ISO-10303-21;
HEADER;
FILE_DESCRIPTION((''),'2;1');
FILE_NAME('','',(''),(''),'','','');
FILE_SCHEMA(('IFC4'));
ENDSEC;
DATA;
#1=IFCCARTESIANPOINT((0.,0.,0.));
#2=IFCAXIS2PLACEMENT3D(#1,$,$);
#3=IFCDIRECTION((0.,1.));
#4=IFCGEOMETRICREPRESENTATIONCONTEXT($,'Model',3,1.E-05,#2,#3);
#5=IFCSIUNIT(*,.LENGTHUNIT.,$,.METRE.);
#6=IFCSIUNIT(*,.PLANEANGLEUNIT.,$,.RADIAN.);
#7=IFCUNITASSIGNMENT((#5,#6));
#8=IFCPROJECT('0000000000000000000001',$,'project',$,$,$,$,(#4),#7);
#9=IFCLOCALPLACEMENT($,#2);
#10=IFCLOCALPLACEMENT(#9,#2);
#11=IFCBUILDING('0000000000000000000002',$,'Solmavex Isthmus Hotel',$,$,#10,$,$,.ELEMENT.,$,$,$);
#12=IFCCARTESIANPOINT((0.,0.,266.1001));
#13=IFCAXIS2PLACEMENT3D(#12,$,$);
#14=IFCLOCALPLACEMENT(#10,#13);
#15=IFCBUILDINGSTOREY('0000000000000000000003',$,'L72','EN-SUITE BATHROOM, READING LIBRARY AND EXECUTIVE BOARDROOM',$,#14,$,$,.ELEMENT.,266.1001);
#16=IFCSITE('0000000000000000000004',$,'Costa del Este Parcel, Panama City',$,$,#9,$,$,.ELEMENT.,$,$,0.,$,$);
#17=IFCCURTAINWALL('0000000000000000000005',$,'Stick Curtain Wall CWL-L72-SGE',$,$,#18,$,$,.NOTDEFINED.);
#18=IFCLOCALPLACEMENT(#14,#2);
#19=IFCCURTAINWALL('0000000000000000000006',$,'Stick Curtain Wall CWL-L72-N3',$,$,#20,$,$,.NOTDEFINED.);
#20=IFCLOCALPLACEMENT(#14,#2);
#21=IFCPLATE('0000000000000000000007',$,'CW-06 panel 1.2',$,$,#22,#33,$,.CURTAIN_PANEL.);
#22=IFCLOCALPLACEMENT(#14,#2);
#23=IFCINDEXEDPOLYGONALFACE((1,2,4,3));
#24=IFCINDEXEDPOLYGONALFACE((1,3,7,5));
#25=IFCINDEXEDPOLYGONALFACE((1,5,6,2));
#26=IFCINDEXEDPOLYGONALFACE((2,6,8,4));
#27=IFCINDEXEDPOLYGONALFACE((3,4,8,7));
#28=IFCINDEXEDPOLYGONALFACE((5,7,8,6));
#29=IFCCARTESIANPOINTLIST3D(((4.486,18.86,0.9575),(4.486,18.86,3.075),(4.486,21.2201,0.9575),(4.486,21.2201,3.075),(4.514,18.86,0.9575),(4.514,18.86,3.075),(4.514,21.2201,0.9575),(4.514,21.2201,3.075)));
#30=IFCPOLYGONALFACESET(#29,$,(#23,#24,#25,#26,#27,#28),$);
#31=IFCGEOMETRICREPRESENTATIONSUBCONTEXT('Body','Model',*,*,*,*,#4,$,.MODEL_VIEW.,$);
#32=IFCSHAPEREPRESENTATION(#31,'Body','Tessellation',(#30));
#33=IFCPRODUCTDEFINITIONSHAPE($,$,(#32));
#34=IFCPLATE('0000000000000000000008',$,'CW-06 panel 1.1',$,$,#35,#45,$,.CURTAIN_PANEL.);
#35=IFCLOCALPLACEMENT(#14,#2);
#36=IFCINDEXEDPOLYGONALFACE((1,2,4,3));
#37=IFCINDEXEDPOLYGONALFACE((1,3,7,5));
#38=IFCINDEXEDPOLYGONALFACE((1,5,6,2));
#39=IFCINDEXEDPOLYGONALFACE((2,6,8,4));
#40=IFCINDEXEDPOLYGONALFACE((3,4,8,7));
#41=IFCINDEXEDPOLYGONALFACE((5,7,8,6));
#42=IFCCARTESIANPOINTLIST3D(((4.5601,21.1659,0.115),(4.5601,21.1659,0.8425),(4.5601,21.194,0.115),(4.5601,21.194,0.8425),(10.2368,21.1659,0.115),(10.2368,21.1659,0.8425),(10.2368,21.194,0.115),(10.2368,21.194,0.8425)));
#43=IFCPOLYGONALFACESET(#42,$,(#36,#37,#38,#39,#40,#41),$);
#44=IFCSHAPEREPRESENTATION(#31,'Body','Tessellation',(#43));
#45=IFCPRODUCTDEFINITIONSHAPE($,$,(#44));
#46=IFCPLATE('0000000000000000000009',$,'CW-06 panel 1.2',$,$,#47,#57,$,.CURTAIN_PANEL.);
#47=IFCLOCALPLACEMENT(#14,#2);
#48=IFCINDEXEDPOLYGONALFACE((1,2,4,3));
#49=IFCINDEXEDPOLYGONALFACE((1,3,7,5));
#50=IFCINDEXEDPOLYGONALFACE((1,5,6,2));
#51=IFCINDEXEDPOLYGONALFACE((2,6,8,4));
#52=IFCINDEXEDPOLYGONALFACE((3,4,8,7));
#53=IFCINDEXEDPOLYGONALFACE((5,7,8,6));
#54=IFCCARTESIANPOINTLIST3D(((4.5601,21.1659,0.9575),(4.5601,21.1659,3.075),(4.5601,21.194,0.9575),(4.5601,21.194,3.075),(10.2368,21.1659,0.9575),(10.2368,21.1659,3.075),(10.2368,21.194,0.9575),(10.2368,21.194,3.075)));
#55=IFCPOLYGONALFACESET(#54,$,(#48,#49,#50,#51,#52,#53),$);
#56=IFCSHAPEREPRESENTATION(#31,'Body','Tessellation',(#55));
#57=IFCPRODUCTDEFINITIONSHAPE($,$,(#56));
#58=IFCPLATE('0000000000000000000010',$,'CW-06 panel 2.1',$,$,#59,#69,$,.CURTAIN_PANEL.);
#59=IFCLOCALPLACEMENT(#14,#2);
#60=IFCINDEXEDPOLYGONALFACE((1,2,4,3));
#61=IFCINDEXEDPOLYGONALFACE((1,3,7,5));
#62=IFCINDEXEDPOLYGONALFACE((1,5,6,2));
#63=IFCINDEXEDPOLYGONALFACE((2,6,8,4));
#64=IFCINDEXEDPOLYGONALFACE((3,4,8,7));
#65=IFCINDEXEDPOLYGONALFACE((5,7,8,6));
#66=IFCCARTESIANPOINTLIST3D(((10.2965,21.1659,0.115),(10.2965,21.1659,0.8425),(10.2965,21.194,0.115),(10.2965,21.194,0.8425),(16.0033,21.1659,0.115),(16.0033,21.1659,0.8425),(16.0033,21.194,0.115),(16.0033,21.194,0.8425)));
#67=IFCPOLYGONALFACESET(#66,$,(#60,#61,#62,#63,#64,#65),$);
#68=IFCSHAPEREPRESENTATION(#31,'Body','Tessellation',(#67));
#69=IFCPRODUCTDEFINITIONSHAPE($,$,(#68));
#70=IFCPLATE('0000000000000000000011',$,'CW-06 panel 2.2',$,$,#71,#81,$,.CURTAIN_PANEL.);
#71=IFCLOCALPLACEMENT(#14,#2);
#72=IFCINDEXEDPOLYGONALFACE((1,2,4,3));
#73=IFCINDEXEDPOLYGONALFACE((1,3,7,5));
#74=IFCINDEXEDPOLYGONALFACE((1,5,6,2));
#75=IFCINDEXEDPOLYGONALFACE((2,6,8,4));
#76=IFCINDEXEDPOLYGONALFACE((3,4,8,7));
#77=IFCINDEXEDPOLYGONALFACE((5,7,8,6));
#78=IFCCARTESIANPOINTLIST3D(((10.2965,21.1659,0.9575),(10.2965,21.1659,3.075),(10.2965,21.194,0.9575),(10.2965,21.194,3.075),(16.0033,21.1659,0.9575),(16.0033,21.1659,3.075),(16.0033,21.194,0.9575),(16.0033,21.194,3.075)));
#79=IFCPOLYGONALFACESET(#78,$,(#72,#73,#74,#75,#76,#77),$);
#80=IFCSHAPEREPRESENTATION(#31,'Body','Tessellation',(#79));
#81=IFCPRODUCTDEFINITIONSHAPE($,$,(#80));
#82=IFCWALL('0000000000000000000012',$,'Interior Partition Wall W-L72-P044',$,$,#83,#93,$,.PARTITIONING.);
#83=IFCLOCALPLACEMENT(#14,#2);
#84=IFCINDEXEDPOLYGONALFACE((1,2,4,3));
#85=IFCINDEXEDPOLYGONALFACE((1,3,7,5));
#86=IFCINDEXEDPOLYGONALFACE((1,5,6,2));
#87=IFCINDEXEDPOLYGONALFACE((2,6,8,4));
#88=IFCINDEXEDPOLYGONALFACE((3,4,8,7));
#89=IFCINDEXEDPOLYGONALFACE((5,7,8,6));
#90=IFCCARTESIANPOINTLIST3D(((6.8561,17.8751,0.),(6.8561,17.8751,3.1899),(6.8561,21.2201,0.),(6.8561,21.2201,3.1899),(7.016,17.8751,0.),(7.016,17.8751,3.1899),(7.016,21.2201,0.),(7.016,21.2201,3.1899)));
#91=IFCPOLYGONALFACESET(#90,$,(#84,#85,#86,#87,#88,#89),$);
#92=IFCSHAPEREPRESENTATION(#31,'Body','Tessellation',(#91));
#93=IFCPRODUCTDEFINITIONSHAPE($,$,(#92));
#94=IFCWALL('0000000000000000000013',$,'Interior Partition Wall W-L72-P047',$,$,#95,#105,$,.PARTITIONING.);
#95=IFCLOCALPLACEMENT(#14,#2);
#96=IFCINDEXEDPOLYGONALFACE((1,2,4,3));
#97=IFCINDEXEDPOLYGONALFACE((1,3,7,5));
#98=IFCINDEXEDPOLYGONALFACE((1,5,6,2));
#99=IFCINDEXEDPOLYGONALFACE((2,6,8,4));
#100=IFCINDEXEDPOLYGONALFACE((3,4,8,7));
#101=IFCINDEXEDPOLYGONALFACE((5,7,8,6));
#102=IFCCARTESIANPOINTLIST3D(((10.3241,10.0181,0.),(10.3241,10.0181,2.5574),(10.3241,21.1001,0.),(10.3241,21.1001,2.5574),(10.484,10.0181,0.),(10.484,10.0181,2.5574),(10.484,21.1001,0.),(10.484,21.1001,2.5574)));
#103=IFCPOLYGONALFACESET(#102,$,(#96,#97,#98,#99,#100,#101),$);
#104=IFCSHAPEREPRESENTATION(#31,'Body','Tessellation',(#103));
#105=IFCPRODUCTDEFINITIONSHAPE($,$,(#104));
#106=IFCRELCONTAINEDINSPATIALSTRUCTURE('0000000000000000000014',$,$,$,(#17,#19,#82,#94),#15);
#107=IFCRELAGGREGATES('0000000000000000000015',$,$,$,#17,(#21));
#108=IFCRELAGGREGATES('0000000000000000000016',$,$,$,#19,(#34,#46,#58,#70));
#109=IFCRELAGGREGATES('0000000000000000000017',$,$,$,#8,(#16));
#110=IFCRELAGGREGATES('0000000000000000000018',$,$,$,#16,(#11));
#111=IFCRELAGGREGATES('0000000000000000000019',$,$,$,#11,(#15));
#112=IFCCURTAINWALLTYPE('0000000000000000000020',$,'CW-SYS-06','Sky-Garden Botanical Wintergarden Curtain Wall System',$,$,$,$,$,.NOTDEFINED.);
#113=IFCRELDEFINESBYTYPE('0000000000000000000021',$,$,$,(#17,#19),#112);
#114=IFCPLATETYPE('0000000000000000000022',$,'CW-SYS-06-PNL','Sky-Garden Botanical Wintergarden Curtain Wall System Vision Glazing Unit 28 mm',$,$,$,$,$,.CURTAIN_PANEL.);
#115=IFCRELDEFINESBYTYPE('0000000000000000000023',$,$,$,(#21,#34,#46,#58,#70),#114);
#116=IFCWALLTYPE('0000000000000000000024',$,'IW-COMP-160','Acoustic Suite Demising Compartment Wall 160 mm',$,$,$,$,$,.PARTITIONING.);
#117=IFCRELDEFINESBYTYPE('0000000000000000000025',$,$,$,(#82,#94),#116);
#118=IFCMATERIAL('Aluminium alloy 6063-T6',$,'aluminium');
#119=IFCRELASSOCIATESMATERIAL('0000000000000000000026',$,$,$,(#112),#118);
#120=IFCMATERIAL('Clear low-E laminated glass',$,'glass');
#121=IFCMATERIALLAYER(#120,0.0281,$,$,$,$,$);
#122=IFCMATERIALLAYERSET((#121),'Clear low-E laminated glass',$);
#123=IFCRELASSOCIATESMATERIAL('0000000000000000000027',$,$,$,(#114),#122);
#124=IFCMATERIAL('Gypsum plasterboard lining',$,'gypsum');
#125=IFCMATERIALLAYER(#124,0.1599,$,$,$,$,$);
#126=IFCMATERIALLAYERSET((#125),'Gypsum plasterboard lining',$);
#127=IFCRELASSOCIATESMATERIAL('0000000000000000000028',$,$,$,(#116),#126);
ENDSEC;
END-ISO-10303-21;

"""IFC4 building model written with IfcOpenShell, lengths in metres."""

from ifc_helpers import new_model, si_unit, direction, frame, frame_2d, origin, origin_2d, place, context, subcontext, project, spatial, rectangle, extrude, material, layer, layer_set, type_object, element, aggregate, save


model = new_model("IFC4")

# Units and contexts
model_context = context("Model", 3, precision=1e-05, world=origin(), true_north=direction((0.0, 1.0)))
body_context = subcontext(model_context, "Body", "Model", "MODEL_VIEW")
ifc_project = project(units=[si_unit("LENGTHUNIT", "METRE"), si_unit("PLANEANGLEUNIT", "RADIAN")], contexts=[model_context])

# Site, building, storey
site_placement = place(None, origin())
site = spatial("IfcSite", under=ifc_project, at=site_placement, Name="Costa del Este Parcel, Panama City", CompositionType="ELEMENT", RefElevation=0.0)
building_placement = place(site_placement, origin())
building = spatial("IfcBuilding", under=site, at=building_placement, Name="Solmavex Isthmus Hotel", CompositionType="ELEMENT")
storey_placement = place(building_placement, frame((0.0, 0.0, 266.1001)))
storey = spatial("IfcBuildingStorey", under=building, at=storey_placement, Name="L72", Description="EN-SUITE BATHROOM, READING LIBRARY AND EXECUTIVE BOARDROOM", CompositionType="ELEMENT", Elevation=266.1001)

# Curtain walls
ifc_material_1 = material(Name="Aluminium alloy 6063-T6", Category="aluminium")
curtain_wall_type = type_object("IfcCurtainWallType", Name="CW-SYS-06", Description="Sky-Garden Botanical Wintergarden Curtain Wall System", PredefinedType="NOTDEFINED", material=ifc_material_1)
curtain_wall_1_placement = place(storey_placement, origin())
curtain_wall_1 = element("IfcCurtainWall", 1, at=curtain_wall_1_placement, inside=storey, type_object=curtain_wall_type, Name="Stick Curtain Wall CWL-L72-SGE", PredefinedType="NOTDEFINED")
curtain_wall_2_placement = place(storey_placement, origin())
curtain_wall_2 = element("IfcCurtainWall", 2, at=curtain_wall_2_placement, inside=storey, type_object=curtain_wall_type, Name="Stick Curtain Wall CWL-L72-N3", PredefinedType="NOTDEFINED")

# Plates
ifc_material_2 = material(Name="Clear low-E laminated glass", Category="glass")
ifc_layer_1 = layer(ifc_material_2, 0.0281)
ifc_layer_set_1 = layer_set([ifc_layer_1], Name="Clear low-E laminated glass")
plate_type = type_object("IfcPlateType", Name="CW-SYS-06-PNL", Description="Sky-Garden Botanical Wintergarden Curtain Wall System Vision Glazing Unit 28 mm", PredefinedType="CURTAIN_PANEL", material=ifc_layer_set_1)
plate_1_placement = place(storey_placement, frame((4.5, 20.04, 0.9575), z_axis=(0.0, 0.0, 1.0), x_axis=(0.0, 1.0, 0.0)))
plate_1 = element("IfcPlate", 3, at=plate_1_placement, type_object=plate_type, Name="CW-06 panel 1.2", PredefinedType="CURTAIN_PANEL", context=body_context, shape_type="SweptSolid", body=[
    extrude(rectangle(XDim=2.3601, YDim=0.0281, at=origin_2d()), origin(), (0.0, 0.0, 1.0), 2.1174),
])
aggregate(curtain_wall_1, [plate_1])
plate_2_placement = place(storey_placement, frame((7.3984, 21.1799, 0.115), z_axis=(0.0, 0.0, 1.0), x_axis=(1.0, 0.0, 0.0)))
plate_2 = element("IfcPlate", 4, at=plate_2_placement, type_object=plate_type, Name="CW-06 panel 1.1", PredefinedType="CURTAIN_PANEL", context=body_context, shape_type="SweptSolid", body=[
    extrude(rectangle(XDim=5.6768, YDim=0.0281, at=origin_2d()), origin(), (0.0, 0.0, 1.0), 0.7275),
])
plate_3_placement = place(storey_placement, frame((7.3984, 21.1799, 0.9575), z_axis=(0.0, 0.0, 1.0), x_axis=(1.0, 0.0, 0.0)))
plate_3 = element("IfcPlate", 5, at=plate_3_placement, type_object=plate_type, Name="CW-06 panel 1.2", PredefinedType="CURTAIN_PANEL", context=body_context, shape_type="SweptSolid", body=[
    extrude(rectangle(XDim=5.6768, YDim=0.0281, at=origin_2d()), origin(), (0.0, 0.0, 1.0), 2.1174),
])
plate_4_placement = place(storey_placement, frame((13.1499, 21.1799, 0.115), z_axis=(0.0, 0.0, 1.0), x_axis=(1.0, 0.0, 0.0)))
plate_4 = element("IfcPlate", 6, at=plate_4_placement, type_object=plate_type, Name="CW-06 panel 2.1", PredefinedType="CURTAIN_PANEL", context=body_context, shape_type="SweptSolid", body=[
    extrude(rectangle(XDim=5.7068, YDim=0.0281, at=origin_2d()), origin(), (0.0, 0.0, 1.0), 0.7275),
])
plate_5_placement = place(storey_placement, frame((13.1499, 21.1799, 0.9575), z_axis=(0.0, 0.0, 1.0), x_axis=(1.0, 0.0, 0.0)))
plate_5 = element("IfcPlate", 7, at=plate_5_placement, type_object=plate_type, Name="CW-06 panel 2.2", PredefinedType="CURTAIN_PANEL", context=body_context, shape_type="SweptSolid", body=[
    extrude(rectangle(XDim=5.7068, YDim=0.0281, at=origin_2d()), origin(), (0.0, 0.0, 1.0), 2.1174),
])
aggregate(curtain_wall_2, [plate_2, plate_3, plate_4, plate_5])

# Walls
ifc_material_3 = material(Name="Gypsum plasterboard lining", Category="gypsum")
ifc_layer_2 = layer(ifc_material_3, 0.1599)
ifc_layer_set_2 = layer_set([ifc_layer_2], Name="Gypsum plasterboard lining")
wall_type = type_object("IfcWallType", Name="IW-COMP-160", Description="Acoustic Suite Demising Compartment Wall 160 mm", PredefinedType="PARTITIONING", material=ifc_layer_set_2)
wall_1_placement = place(storey_placement, frame((6.936, 21.22, 0.0), z_axis=(0.0, 0.0, 1.0), x_axis=(0.0, -1.0, 0.0)))
element("IfcWall", 8, at=wall_1_placement, inside=storey, type_object=wall_type, Name="Interior Partition Wall W-L72-P044", PredefinedType="PARTITIONING", context=body_context, shape_type="SweptSolid", body=[
    extrude(rectangle(XDim=3.345, YDim=0.1599, at=frame_2d((1.6724, 0.0))), origin(), (0.0, 0.0, 1.0), 3.1899),
])
wall_2_placement = place(storey_placement, frame((10.4041, 21.1001, 0.0), z_axis=(0.0, 0.0, 1.0), x_axis=(0.0, -1.0, 0.0)))
element("IfcWall", 9, at=wall_2_placement, inside=storey, type_object=wall_type, Name="Interior Partition Wall W-L72-P047", PredefinedType="PARTITIONING", context=body_context, shape_type="SweptSolid", body=[
    extrude(rectangle(XDim=11.082, YDim=0.1599, at=frame_2d((5.541, 0.0))), origin(), (0.0, 0.0, 1.0), 2.5574),
])

save(model, "model.ifc")
